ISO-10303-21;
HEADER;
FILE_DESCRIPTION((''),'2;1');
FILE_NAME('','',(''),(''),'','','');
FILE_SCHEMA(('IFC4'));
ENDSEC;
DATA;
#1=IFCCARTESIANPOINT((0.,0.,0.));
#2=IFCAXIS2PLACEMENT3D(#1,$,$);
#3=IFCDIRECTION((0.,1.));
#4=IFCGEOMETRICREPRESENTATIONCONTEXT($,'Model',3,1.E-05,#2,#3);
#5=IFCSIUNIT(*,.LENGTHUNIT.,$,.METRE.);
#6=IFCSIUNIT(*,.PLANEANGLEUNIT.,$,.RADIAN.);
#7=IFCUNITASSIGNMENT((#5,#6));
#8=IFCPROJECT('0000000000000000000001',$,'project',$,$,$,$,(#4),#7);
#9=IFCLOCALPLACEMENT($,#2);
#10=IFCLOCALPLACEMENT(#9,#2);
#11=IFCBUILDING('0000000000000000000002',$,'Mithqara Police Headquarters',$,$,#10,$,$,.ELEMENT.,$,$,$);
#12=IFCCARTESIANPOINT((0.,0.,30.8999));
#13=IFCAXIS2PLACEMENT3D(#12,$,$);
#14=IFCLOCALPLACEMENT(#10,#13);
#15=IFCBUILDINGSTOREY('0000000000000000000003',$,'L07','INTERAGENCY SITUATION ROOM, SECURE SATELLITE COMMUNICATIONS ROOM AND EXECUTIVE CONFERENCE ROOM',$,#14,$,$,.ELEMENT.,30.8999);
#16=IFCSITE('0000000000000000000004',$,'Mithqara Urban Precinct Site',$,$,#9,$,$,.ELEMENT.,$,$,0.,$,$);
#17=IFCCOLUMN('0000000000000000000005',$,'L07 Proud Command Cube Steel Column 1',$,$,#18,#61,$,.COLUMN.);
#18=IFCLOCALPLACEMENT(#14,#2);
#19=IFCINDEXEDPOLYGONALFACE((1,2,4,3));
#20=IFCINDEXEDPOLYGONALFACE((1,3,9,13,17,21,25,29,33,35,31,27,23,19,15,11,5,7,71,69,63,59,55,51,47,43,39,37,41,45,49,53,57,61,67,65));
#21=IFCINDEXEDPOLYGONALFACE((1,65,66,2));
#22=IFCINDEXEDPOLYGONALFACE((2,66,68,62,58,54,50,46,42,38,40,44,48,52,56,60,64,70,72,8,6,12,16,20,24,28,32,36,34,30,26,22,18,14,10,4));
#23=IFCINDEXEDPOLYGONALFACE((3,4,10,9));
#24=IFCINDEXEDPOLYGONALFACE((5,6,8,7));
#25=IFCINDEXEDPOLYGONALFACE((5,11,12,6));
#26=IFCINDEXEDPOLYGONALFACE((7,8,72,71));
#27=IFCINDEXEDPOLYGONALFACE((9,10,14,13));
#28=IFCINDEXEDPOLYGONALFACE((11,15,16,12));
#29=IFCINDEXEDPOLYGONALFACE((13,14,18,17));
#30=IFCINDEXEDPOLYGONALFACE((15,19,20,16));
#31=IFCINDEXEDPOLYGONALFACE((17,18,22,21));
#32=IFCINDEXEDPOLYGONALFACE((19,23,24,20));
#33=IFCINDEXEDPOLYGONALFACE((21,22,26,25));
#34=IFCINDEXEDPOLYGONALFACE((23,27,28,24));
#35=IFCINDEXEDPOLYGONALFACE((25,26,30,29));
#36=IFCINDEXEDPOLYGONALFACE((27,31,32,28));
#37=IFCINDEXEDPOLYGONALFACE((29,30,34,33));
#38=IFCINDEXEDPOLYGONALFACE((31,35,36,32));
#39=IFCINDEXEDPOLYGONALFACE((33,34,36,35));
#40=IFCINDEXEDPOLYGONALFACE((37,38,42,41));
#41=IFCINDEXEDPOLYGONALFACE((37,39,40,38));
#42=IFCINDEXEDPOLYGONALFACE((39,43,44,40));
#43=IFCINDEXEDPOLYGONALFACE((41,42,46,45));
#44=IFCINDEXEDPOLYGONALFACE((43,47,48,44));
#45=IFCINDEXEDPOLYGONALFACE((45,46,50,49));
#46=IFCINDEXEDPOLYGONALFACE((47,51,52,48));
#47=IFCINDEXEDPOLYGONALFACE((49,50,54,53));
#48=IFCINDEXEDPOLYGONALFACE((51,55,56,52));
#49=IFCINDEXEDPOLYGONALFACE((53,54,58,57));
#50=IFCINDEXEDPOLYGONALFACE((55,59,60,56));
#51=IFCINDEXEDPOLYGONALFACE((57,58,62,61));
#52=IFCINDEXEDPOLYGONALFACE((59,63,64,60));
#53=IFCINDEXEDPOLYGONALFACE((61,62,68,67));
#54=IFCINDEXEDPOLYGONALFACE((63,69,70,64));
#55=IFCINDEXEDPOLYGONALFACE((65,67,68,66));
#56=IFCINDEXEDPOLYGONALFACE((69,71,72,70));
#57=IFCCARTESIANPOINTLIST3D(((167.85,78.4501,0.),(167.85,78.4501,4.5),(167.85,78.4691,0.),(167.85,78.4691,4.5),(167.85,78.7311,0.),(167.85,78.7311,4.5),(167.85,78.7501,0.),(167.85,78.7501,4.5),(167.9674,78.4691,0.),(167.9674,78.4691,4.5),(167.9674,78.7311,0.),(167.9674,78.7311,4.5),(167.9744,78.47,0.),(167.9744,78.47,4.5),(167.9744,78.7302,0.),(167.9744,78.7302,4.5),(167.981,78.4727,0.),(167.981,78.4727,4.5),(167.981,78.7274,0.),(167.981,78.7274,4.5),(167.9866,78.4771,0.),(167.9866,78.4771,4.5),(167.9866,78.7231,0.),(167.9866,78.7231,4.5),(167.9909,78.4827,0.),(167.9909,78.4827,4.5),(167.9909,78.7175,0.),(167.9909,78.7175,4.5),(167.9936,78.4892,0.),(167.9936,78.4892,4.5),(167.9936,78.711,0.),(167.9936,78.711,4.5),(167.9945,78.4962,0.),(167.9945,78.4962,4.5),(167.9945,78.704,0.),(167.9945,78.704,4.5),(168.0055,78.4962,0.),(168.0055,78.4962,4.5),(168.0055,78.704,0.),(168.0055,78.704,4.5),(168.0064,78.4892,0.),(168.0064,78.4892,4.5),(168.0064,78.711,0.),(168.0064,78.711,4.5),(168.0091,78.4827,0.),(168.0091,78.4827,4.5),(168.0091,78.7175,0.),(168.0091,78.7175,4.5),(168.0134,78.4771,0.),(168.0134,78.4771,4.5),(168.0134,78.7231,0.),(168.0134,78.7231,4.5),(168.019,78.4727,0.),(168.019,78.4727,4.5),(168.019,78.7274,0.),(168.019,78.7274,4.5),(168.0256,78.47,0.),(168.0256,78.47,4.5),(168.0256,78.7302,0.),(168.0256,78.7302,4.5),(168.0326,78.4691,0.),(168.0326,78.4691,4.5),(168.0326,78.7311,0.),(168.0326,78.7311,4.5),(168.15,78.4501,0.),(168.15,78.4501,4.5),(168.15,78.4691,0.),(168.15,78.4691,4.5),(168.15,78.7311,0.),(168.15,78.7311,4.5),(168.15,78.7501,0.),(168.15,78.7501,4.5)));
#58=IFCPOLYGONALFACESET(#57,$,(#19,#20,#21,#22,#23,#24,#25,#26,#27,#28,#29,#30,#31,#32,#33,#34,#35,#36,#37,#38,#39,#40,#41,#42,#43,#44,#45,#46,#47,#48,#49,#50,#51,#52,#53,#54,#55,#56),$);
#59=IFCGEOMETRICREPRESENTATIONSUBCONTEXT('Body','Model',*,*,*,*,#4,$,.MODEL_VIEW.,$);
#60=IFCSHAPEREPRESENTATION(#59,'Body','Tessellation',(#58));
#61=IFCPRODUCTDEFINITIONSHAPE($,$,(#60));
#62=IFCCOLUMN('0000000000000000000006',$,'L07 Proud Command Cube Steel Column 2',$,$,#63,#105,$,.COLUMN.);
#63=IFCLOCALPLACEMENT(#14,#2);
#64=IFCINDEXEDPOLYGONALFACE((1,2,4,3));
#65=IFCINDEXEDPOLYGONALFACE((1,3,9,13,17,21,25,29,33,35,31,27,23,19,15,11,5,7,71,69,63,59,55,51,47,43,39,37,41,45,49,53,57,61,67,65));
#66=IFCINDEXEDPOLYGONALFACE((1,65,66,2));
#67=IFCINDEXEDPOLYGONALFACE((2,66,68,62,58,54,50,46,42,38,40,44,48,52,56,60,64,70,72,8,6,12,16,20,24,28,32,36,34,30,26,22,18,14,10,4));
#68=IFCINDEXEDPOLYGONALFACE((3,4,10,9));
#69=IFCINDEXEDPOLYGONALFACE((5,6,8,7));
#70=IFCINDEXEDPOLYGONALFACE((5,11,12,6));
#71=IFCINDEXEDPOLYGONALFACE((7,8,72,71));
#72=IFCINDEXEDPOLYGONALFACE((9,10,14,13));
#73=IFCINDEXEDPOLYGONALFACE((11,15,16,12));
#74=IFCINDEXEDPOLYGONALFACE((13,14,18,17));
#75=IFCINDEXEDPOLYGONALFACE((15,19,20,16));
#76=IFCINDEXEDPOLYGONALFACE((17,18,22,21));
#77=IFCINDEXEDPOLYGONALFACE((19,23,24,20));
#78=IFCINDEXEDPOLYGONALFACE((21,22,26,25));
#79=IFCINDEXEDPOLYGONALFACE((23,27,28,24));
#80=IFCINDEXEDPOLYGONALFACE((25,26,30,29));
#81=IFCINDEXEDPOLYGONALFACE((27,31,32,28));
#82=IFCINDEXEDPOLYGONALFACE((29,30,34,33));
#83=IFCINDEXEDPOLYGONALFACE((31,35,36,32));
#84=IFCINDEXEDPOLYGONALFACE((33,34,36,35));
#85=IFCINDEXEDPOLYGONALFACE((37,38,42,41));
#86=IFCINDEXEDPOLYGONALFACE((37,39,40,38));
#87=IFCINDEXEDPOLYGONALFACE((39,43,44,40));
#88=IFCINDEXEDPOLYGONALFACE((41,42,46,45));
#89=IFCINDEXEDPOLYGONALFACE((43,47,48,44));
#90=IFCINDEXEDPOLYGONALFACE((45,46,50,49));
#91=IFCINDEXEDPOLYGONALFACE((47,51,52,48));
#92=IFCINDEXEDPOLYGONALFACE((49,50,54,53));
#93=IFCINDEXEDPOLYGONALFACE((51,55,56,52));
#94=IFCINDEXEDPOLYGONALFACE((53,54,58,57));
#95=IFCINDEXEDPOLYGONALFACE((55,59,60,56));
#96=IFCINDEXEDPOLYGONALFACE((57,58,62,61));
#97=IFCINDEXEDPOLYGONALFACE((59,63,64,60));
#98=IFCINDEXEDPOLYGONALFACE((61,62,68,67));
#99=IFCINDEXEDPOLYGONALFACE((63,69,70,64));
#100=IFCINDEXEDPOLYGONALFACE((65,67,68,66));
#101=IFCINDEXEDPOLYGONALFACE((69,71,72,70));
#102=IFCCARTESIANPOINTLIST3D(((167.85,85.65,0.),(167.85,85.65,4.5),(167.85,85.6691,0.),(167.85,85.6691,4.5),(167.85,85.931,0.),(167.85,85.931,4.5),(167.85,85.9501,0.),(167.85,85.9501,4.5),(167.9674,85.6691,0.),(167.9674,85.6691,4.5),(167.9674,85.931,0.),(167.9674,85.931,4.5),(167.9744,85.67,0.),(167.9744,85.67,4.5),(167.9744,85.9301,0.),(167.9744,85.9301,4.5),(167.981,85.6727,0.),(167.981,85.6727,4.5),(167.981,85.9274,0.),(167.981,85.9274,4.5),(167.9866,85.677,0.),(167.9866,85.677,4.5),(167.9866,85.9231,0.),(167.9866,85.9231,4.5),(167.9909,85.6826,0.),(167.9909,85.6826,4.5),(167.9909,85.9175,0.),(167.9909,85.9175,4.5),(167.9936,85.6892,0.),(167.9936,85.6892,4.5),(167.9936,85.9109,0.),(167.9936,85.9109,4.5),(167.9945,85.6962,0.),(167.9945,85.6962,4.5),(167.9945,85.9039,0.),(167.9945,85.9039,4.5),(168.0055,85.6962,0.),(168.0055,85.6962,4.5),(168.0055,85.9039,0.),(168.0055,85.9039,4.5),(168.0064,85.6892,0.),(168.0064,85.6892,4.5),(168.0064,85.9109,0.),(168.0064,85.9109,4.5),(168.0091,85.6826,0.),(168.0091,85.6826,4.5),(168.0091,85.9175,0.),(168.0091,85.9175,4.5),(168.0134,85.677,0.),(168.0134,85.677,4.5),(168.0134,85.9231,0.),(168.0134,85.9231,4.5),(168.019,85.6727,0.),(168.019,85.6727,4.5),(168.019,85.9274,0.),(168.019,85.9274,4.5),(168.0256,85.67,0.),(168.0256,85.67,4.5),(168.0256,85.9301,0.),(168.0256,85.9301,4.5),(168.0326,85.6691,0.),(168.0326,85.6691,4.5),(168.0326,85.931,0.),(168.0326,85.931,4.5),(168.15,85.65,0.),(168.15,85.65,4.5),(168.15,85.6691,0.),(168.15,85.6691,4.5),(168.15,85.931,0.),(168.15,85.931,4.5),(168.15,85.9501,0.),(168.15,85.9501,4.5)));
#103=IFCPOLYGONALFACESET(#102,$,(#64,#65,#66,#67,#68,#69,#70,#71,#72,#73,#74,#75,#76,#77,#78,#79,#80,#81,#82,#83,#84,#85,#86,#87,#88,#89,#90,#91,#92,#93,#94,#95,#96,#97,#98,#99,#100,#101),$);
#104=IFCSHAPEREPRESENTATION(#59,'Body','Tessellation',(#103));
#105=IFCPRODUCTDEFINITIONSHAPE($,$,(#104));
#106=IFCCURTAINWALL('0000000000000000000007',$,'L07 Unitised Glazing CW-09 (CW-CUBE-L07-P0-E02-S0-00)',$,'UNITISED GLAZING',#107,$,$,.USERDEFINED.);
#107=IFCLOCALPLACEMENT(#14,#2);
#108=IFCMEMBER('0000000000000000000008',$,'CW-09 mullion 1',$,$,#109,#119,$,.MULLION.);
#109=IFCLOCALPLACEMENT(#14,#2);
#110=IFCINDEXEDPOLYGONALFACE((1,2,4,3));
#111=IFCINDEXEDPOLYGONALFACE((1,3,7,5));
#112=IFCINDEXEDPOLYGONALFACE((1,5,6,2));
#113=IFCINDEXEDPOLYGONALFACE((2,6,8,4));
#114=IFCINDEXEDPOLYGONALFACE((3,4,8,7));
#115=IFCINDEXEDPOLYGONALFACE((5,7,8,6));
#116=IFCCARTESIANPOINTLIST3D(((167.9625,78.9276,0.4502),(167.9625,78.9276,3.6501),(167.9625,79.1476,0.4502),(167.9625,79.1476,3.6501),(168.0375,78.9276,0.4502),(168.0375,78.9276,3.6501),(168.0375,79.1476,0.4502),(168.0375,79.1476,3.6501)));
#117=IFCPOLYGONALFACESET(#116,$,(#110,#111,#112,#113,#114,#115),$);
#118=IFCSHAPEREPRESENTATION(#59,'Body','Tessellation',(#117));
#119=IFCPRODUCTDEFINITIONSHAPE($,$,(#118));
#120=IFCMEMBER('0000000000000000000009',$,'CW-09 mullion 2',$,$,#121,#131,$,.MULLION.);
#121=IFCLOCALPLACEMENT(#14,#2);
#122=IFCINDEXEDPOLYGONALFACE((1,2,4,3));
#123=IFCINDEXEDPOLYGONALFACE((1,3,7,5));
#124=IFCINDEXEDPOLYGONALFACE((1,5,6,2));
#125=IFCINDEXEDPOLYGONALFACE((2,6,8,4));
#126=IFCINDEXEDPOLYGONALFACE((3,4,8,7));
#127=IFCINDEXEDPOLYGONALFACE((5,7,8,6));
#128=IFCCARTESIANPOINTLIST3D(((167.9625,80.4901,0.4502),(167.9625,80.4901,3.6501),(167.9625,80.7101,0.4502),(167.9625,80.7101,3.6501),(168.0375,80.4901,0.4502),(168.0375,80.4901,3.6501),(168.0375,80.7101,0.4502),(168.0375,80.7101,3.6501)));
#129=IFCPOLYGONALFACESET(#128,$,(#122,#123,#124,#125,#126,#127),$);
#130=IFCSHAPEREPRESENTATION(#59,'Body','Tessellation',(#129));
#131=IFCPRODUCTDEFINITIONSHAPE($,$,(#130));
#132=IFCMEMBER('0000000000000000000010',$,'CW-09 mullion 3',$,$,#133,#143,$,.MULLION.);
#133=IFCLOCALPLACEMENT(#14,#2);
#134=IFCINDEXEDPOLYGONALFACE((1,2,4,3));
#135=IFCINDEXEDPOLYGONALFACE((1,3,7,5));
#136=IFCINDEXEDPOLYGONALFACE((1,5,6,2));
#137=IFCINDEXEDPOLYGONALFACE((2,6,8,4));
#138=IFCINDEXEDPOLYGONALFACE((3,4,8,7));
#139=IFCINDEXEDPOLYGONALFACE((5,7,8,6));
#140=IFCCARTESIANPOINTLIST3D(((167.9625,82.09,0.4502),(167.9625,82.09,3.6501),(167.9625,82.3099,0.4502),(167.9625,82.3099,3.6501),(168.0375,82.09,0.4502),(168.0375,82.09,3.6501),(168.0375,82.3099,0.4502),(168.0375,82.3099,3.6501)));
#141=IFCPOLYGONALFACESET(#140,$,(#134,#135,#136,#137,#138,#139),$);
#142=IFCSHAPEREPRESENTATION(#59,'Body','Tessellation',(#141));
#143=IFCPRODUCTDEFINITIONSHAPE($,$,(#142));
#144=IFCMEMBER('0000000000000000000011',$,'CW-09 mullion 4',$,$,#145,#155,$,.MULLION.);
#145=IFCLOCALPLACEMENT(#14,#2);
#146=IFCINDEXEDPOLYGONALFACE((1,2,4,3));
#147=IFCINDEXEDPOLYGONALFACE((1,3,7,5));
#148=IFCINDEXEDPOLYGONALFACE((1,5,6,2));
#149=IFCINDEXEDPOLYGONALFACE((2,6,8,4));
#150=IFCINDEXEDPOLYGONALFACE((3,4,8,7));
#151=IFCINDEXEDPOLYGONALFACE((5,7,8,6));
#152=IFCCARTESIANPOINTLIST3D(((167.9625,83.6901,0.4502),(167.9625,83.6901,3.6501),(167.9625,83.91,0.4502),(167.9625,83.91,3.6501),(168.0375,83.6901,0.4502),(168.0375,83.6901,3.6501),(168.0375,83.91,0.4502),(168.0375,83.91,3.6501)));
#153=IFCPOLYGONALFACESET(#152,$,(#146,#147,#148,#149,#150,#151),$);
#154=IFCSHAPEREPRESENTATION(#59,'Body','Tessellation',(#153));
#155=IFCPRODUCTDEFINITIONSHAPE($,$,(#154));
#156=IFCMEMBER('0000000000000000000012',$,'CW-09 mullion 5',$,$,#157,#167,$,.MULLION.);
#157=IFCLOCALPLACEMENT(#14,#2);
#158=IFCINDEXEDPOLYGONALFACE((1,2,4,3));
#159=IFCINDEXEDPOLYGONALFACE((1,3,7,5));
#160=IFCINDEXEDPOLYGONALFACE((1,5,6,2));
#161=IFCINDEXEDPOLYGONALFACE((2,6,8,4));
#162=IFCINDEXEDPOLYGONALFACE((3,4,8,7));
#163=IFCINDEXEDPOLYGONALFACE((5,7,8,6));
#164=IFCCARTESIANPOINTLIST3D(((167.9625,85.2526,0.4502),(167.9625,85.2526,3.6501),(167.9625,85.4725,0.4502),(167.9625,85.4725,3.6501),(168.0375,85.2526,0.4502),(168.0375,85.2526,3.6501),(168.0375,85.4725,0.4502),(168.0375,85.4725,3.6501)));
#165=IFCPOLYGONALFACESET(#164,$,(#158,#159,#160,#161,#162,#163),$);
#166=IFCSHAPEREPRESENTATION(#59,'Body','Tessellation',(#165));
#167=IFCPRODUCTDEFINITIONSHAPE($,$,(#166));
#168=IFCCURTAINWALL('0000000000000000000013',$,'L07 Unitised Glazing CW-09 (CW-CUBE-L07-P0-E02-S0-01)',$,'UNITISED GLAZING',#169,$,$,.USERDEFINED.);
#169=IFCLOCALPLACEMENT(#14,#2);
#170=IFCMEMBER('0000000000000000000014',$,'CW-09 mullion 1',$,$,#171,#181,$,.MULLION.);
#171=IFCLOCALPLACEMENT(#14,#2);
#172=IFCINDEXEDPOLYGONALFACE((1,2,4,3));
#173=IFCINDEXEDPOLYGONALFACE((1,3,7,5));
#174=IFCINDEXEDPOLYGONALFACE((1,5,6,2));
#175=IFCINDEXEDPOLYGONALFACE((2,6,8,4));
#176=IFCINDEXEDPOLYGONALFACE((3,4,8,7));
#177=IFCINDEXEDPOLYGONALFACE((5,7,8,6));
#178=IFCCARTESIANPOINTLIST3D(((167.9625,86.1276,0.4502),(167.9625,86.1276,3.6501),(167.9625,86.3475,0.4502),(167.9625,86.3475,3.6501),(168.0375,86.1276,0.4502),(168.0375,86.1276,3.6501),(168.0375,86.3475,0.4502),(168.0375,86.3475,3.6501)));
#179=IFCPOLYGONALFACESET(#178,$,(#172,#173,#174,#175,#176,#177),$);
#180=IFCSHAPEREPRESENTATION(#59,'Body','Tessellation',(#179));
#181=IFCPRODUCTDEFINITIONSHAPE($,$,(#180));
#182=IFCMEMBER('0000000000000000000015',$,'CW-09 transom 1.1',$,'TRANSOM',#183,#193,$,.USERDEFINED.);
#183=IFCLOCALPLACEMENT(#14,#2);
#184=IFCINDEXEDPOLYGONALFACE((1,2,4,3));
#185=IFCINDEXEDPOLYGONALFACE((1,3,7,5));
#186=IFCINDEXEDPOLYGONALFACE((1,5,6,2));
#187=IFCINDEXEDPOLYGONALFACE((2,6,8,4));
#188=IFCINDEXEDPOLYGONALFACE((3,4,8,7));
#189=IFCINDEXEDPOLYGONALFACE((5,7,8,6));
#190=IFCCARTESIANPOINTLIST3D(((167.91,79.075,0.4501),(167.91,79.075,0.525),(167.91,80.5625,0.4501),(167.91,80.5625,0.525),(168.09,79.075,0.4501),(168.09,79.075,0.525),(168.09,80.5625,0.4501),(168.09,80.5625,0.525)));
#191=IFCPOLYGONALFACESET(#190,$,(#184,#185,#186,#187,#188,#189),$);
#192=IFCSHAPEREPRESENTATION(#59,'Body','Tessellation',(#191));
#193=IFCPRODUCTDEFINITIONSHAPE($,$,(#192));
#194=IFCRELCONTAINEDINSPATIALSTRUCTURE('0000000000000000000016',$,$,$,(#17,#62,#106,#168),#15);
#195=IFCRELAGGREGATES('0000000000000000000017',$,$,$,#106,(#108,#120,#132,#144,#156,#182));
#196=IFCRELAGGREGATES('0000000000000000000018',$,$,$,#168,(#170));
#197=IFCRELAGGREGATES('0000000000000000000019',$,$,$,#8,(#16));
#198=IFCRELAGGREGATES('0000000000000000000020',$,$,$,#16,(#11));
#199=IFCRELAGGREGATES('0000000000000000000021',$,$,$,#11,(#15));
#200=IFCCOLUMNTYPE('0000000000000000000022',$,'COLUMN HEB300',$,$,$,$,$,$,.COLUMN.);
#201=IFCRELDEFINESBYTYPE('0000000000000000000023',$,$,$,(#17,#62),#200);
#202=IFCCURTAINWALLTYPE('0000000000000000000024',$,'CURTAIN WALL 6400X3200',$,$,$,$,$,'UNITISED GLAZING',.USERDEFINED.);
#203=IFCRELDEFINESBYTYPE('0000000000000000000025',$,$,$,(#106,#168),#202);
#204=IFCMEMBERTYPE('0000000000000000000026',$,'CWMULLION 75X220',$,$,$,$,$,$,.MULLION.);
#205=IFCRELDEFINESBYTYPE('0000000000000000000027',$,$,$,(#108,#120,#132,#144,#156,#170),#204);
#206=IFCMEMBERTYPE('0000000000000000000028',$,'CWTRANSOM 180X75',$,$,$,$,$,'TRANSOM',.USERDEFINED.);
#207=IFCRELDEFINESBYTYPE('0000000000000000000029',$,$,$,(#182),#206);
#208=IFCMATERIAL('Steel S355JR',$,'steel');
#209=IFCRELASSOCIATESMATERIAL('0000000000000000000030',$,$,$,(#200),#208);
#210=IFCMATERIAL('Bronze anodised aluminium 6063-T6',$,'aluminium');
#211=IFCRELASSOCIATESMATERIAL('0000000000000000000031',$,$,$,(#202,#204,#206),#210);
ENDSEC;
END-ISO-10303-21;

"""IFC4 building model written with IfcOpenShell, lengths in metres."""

from ifc_helpers import new_model, si_unit, direction, frame, origin, origin_2d, place, context, subcontext, project, spatial, rectangle, i_section, extrude, material, material_profile, profile_set, type_object, element, aggregate, save


model = new_model("IFC4")

# Units and contexts
model_context = context("Model", 3, precision=1e-05, world=origin(), true_north=direction((0.0, 1.0)))
body_context = subcontext(model_context, "Body", "Model", "MODEL_VIEW")
ifc_project = project(units=[si_unit("LENGTHUNIT", "METRE"), si_unit("PLANEANGLEUNIT", "RADIAN")], contexts=[model_context])

# Site, building, storey
site_placement = place(None, origin())
site = spatial("IfcSite", under=ifc_project, at=site_placement, Name="Mithqara Urban Precinct Site", CompositionType="ELEMENT", RefElevation=0.0)
building_placement = place(site_placement, origin())
building = spatial("IfcBuilding", under=site, at=building_placement, Name="Mithqara Police Headquarters", CompositionType="ELEMENT")
storey_placement = place(building_placement, frame((0.0, 0.0, 30.8999)))
storey = spatial("IfcBuildingStorey", under=building, at=storey_placement, Name="L07", Description="INTERAGENCY SITUATION ROOM, SECURE SATELLITE COMMUNICATIONS ROOM AND EXECUTIVE CONFERENCE ROOM", CompositionType="ELEMENT", Elevation=30.8999)

# Columns
ifc_material_1 = material(Name="Steel S355JR", Category="steel")
ifc_material_profile_1 = material_profile(ifc_material_1, i_section(OverallWidth=0.3, OverallDepth=0.3, WebThickness=0.011, FlangeThickness=0.019, FilletRadius=0.0271, at=origin_2d()), Name="HEB 300")
ifc_profile_set_1 = profile_set([ifc_material_profile_1], Name="Steel S355JR")
column_type = type_object("IfcColumnType", Name="COLUMN HEB300", PredefinedType="COLUMN", material=ifc_profile_set_1)
for number, where, z_axis, x_axis, name in (
    (1, (168.0, 78.6001, 0.0), (0.0, 0.0, 1.0), (1.0, 0.0, 0.0), "L07 Proud Command Cube Steel Column 1"),
    (2, (168.0, 85.8, 0.0), (0.0, 0.0, 1.0), (1.0, 0.0, 0.0), "L07 Proud Command Cube Steel Column 2"),
):
    element("IfcColumn", number, at=place(storey_placement, frame(where, z_axis=z_axis, x_axis=x_axis)), inside=storey, type_object=column_type, Name=name, PredefinedType="COLUMN", context=body_context, shape_type="SweptSolid", body=[
        extrude(i_section(OverallWidth=0.3, OverallDepth=0.3, WebThickness=0.011, FlangeThickness=0.019, FilletRadius=0.0271, at=origin_2d()), origin(), (0.0, 0.0, 1.0), 4.5),
    ])

# Curtain wall, members
ifc_material_2 = material(Name="Bronze anodised aluminium 6063-T6", Category="aluminium")
curtain_wall_type = type_object("IfcCurtainWallType", Name="CURTAIN WALL 6400X3200", ElementType="UNITISED GLAZING", PredefinedType="USERDEFINED", material=ifc_material_2)
curtain_wall_1_placement = place(storey_placement, origin())
curtain_wall_1 = element("IfcCurtainWall", 3, at=curtain_wall_1_placement, inside=storey, type_object=curtain_wall_type, Name="L07 Unitised Glazing CW-09 (CW-CUBE-L07-P0-E02-S0-00)", ObjectType="UNITISED GLAZING", PredefinedType="USERDEFINED")
ifc_material_profile_2 = material_profile(ifc_material_2, rectangle(XDim=0.075, YDim=0.22, at=origin_2d()), Name="CWM 75x220")
ifc_profile_set_2 = profile_set([ifc_material_profile_2], Name="Bronze anodised aluminium 6063-T6")
member_type_1 = type_object("IfcMemberType", Name="CWMULLION 75X220", PredefinedType="MULLION", material=ifc_profile_set_2)
member_1_placement = place(storey_placement, frame((168.0, 79.0376, 0.4502), z_axis=(0.0, 0.0, 1.0), x_axis=(-1.0, 0.0, 0.0)))
member_1 = element("IfcMember", 4, at=member_1_placement, type_object=member_type_1, Name="CW-09 mullion 1", PredefinedType="MULLION", context=body_context, shape_type="SweptSolid", body=[
    extrude(rectangle(XDim=0.075, YDim=0.22, at=origin_2d()), origin(), (0.0, 0.0, 1.0), 3.2),
])
member_2_placement = place(storey_placement, frame((168.0, 80.6001, 0.4502), z_axis=(0.0, 0.0, 1.0), x_axis=(-1.0, 0.0, 0.0)))
member_2 = element("IfcMember", 5, at=member_2_placement, type_object=member_type_1, Name="CW-09 mullion 2", PredefinedType="MULLION", context=body_context, shape_type="SweptSolid", body=[
    extrude(rectangle(XDim=0.075, YDim=0.22, at=origin_2d()), origin(), (0.0, 0.0, 1.0), 3.2),
])
member_3_placement = place(storey_placement, frame((168.0, 82.2, 0.4502), z_axis=(0.0, 0.0, 1.0), x_axis=(-1.0, 0.0, 0.0)))
member_3 = element("IfcMember", 6, at=member_3_placement, type_object=member_type_1, Name="CW-09 mullion 3", PredefinedType="MULLION", context=body_context, shape_type="SweptSolid", body=[
    extrude(rectangle(XDim=0.075, YDim=0.22, at=origin_2d()), origin(), (0.0, 0.0, 1.0), 3.2),
])
member_4_placement = place(storey_placement, frame((168.0, 83.8, 0.4502), z_axis=(0.0, 0.0, 1.0), x_axis=(-1.0, 0.0, 0.0)))
member_4 = element("IfcMember", 7, at=member_4_placement, type_object=member_type_1, Name="CW-09 mullion 4", PredefinedType="MULLION", context=body_context, shape_type="SweptSolid", body=[
    extrude(rectangle(XDim=0.075, YDim=0.22, at=origin_2d()), origin(), (0.0, 0.0, 1.0), 3.2),
])
member_5_placement = place(storey_placement, frame((168.0, 85.3625, 0.4502), z_axis=(0.0, 0.0, 1.0), x_axis=(-1.0, 0.0, 0.0)))
member_5 = element("IfcMember", 8, at=member_5_placement, type_object=member_type_1, Name="CW-09 mullion 5", PredefinedType="MULLION", context=body_context, shape_type="SweptSolid", body=[
    extrude(rectangle(XDim=0.075, YDim=0.22, at=origin_2d()), origin(), (0.0, 0.0, 1.0), 3.2),
])

# Curtain wall, member
curtain_wall_2_placement = place(storey_placement, origin())
curtain_wall_2 = element("IfcCurtainWall", 9, at=curtain_wall_2_placement, inside=storey, type_object=curtain_wall_type, Name="L07 Unitised Glazing CW-09 (CW-CUBE-L07-P0-E02-S0-01)", ObjectType="UNITISED GLAZING", PredefinedType="USERDEFINED")
member_6_placement = place(storey_placement, frame((168.0, 86.2375, 0.4502), z_axis=(0.0, 0.0, 1.0), x_axis=(-1.0, 0.0, 0.0)))
member_6 = element("IfcMember", 10, at=member_6_placement, type_object=member_type_1, Name="CW-09 mullion 1", PredefinedType="MULLION", context=body_context, shape_type="SweptSolid", body=[
    extrude(rectangle(XDim=0.075, YDim=0.22, at=origin_2d()), origin(), (0.0, 0.0, 1.0), 3.2),
])

# Member
ifc_material_profile_3 = material_profile(ifc_material_2, rectangle(XDim=0.1799, YDim=0.075, at=origin_2d()), Name="CWT 180x75")
ifc_profile_set_3 = profile_set([ifc_material_profile_3], Name="Bronze anodised aluminium 6063-T6")
member_type_2 = type_object("IfcMemberType", Name="CWTRANSOM 180X75", ElementType="TRANSOM", PredefinedType="USERDEFINED", material=ifc_profile_set_3)
member_7_placement = place(storey_placement, frame((168.0, 79.075, 0.4875), z_axis=(0.0, 1.0, 0.0), x_axis=(-1.0, 0.0, 0.0)))
member_7 = element("IfcMember", 11, at=member_7_placement, type_object=member_type_2, Name="CW-09 transom 1.1", ObjectType="TRANSOM", PredefinedType="USERDEFINED", context=body_context, shape_type="SweptSolid", body=[
    extrude(rectangle(XDim=0.1799, YDim=0.075, at=origin_2d()), origin(), (0.0, 0.0, 1.0), 1.4875),
])

aggregate(curtain_wall_1, [member_1, member_2, member_3, member_4, member_5, member_7])
aggregate(curtain_wall_2, [member_6])

save(model, "model.ifc")
